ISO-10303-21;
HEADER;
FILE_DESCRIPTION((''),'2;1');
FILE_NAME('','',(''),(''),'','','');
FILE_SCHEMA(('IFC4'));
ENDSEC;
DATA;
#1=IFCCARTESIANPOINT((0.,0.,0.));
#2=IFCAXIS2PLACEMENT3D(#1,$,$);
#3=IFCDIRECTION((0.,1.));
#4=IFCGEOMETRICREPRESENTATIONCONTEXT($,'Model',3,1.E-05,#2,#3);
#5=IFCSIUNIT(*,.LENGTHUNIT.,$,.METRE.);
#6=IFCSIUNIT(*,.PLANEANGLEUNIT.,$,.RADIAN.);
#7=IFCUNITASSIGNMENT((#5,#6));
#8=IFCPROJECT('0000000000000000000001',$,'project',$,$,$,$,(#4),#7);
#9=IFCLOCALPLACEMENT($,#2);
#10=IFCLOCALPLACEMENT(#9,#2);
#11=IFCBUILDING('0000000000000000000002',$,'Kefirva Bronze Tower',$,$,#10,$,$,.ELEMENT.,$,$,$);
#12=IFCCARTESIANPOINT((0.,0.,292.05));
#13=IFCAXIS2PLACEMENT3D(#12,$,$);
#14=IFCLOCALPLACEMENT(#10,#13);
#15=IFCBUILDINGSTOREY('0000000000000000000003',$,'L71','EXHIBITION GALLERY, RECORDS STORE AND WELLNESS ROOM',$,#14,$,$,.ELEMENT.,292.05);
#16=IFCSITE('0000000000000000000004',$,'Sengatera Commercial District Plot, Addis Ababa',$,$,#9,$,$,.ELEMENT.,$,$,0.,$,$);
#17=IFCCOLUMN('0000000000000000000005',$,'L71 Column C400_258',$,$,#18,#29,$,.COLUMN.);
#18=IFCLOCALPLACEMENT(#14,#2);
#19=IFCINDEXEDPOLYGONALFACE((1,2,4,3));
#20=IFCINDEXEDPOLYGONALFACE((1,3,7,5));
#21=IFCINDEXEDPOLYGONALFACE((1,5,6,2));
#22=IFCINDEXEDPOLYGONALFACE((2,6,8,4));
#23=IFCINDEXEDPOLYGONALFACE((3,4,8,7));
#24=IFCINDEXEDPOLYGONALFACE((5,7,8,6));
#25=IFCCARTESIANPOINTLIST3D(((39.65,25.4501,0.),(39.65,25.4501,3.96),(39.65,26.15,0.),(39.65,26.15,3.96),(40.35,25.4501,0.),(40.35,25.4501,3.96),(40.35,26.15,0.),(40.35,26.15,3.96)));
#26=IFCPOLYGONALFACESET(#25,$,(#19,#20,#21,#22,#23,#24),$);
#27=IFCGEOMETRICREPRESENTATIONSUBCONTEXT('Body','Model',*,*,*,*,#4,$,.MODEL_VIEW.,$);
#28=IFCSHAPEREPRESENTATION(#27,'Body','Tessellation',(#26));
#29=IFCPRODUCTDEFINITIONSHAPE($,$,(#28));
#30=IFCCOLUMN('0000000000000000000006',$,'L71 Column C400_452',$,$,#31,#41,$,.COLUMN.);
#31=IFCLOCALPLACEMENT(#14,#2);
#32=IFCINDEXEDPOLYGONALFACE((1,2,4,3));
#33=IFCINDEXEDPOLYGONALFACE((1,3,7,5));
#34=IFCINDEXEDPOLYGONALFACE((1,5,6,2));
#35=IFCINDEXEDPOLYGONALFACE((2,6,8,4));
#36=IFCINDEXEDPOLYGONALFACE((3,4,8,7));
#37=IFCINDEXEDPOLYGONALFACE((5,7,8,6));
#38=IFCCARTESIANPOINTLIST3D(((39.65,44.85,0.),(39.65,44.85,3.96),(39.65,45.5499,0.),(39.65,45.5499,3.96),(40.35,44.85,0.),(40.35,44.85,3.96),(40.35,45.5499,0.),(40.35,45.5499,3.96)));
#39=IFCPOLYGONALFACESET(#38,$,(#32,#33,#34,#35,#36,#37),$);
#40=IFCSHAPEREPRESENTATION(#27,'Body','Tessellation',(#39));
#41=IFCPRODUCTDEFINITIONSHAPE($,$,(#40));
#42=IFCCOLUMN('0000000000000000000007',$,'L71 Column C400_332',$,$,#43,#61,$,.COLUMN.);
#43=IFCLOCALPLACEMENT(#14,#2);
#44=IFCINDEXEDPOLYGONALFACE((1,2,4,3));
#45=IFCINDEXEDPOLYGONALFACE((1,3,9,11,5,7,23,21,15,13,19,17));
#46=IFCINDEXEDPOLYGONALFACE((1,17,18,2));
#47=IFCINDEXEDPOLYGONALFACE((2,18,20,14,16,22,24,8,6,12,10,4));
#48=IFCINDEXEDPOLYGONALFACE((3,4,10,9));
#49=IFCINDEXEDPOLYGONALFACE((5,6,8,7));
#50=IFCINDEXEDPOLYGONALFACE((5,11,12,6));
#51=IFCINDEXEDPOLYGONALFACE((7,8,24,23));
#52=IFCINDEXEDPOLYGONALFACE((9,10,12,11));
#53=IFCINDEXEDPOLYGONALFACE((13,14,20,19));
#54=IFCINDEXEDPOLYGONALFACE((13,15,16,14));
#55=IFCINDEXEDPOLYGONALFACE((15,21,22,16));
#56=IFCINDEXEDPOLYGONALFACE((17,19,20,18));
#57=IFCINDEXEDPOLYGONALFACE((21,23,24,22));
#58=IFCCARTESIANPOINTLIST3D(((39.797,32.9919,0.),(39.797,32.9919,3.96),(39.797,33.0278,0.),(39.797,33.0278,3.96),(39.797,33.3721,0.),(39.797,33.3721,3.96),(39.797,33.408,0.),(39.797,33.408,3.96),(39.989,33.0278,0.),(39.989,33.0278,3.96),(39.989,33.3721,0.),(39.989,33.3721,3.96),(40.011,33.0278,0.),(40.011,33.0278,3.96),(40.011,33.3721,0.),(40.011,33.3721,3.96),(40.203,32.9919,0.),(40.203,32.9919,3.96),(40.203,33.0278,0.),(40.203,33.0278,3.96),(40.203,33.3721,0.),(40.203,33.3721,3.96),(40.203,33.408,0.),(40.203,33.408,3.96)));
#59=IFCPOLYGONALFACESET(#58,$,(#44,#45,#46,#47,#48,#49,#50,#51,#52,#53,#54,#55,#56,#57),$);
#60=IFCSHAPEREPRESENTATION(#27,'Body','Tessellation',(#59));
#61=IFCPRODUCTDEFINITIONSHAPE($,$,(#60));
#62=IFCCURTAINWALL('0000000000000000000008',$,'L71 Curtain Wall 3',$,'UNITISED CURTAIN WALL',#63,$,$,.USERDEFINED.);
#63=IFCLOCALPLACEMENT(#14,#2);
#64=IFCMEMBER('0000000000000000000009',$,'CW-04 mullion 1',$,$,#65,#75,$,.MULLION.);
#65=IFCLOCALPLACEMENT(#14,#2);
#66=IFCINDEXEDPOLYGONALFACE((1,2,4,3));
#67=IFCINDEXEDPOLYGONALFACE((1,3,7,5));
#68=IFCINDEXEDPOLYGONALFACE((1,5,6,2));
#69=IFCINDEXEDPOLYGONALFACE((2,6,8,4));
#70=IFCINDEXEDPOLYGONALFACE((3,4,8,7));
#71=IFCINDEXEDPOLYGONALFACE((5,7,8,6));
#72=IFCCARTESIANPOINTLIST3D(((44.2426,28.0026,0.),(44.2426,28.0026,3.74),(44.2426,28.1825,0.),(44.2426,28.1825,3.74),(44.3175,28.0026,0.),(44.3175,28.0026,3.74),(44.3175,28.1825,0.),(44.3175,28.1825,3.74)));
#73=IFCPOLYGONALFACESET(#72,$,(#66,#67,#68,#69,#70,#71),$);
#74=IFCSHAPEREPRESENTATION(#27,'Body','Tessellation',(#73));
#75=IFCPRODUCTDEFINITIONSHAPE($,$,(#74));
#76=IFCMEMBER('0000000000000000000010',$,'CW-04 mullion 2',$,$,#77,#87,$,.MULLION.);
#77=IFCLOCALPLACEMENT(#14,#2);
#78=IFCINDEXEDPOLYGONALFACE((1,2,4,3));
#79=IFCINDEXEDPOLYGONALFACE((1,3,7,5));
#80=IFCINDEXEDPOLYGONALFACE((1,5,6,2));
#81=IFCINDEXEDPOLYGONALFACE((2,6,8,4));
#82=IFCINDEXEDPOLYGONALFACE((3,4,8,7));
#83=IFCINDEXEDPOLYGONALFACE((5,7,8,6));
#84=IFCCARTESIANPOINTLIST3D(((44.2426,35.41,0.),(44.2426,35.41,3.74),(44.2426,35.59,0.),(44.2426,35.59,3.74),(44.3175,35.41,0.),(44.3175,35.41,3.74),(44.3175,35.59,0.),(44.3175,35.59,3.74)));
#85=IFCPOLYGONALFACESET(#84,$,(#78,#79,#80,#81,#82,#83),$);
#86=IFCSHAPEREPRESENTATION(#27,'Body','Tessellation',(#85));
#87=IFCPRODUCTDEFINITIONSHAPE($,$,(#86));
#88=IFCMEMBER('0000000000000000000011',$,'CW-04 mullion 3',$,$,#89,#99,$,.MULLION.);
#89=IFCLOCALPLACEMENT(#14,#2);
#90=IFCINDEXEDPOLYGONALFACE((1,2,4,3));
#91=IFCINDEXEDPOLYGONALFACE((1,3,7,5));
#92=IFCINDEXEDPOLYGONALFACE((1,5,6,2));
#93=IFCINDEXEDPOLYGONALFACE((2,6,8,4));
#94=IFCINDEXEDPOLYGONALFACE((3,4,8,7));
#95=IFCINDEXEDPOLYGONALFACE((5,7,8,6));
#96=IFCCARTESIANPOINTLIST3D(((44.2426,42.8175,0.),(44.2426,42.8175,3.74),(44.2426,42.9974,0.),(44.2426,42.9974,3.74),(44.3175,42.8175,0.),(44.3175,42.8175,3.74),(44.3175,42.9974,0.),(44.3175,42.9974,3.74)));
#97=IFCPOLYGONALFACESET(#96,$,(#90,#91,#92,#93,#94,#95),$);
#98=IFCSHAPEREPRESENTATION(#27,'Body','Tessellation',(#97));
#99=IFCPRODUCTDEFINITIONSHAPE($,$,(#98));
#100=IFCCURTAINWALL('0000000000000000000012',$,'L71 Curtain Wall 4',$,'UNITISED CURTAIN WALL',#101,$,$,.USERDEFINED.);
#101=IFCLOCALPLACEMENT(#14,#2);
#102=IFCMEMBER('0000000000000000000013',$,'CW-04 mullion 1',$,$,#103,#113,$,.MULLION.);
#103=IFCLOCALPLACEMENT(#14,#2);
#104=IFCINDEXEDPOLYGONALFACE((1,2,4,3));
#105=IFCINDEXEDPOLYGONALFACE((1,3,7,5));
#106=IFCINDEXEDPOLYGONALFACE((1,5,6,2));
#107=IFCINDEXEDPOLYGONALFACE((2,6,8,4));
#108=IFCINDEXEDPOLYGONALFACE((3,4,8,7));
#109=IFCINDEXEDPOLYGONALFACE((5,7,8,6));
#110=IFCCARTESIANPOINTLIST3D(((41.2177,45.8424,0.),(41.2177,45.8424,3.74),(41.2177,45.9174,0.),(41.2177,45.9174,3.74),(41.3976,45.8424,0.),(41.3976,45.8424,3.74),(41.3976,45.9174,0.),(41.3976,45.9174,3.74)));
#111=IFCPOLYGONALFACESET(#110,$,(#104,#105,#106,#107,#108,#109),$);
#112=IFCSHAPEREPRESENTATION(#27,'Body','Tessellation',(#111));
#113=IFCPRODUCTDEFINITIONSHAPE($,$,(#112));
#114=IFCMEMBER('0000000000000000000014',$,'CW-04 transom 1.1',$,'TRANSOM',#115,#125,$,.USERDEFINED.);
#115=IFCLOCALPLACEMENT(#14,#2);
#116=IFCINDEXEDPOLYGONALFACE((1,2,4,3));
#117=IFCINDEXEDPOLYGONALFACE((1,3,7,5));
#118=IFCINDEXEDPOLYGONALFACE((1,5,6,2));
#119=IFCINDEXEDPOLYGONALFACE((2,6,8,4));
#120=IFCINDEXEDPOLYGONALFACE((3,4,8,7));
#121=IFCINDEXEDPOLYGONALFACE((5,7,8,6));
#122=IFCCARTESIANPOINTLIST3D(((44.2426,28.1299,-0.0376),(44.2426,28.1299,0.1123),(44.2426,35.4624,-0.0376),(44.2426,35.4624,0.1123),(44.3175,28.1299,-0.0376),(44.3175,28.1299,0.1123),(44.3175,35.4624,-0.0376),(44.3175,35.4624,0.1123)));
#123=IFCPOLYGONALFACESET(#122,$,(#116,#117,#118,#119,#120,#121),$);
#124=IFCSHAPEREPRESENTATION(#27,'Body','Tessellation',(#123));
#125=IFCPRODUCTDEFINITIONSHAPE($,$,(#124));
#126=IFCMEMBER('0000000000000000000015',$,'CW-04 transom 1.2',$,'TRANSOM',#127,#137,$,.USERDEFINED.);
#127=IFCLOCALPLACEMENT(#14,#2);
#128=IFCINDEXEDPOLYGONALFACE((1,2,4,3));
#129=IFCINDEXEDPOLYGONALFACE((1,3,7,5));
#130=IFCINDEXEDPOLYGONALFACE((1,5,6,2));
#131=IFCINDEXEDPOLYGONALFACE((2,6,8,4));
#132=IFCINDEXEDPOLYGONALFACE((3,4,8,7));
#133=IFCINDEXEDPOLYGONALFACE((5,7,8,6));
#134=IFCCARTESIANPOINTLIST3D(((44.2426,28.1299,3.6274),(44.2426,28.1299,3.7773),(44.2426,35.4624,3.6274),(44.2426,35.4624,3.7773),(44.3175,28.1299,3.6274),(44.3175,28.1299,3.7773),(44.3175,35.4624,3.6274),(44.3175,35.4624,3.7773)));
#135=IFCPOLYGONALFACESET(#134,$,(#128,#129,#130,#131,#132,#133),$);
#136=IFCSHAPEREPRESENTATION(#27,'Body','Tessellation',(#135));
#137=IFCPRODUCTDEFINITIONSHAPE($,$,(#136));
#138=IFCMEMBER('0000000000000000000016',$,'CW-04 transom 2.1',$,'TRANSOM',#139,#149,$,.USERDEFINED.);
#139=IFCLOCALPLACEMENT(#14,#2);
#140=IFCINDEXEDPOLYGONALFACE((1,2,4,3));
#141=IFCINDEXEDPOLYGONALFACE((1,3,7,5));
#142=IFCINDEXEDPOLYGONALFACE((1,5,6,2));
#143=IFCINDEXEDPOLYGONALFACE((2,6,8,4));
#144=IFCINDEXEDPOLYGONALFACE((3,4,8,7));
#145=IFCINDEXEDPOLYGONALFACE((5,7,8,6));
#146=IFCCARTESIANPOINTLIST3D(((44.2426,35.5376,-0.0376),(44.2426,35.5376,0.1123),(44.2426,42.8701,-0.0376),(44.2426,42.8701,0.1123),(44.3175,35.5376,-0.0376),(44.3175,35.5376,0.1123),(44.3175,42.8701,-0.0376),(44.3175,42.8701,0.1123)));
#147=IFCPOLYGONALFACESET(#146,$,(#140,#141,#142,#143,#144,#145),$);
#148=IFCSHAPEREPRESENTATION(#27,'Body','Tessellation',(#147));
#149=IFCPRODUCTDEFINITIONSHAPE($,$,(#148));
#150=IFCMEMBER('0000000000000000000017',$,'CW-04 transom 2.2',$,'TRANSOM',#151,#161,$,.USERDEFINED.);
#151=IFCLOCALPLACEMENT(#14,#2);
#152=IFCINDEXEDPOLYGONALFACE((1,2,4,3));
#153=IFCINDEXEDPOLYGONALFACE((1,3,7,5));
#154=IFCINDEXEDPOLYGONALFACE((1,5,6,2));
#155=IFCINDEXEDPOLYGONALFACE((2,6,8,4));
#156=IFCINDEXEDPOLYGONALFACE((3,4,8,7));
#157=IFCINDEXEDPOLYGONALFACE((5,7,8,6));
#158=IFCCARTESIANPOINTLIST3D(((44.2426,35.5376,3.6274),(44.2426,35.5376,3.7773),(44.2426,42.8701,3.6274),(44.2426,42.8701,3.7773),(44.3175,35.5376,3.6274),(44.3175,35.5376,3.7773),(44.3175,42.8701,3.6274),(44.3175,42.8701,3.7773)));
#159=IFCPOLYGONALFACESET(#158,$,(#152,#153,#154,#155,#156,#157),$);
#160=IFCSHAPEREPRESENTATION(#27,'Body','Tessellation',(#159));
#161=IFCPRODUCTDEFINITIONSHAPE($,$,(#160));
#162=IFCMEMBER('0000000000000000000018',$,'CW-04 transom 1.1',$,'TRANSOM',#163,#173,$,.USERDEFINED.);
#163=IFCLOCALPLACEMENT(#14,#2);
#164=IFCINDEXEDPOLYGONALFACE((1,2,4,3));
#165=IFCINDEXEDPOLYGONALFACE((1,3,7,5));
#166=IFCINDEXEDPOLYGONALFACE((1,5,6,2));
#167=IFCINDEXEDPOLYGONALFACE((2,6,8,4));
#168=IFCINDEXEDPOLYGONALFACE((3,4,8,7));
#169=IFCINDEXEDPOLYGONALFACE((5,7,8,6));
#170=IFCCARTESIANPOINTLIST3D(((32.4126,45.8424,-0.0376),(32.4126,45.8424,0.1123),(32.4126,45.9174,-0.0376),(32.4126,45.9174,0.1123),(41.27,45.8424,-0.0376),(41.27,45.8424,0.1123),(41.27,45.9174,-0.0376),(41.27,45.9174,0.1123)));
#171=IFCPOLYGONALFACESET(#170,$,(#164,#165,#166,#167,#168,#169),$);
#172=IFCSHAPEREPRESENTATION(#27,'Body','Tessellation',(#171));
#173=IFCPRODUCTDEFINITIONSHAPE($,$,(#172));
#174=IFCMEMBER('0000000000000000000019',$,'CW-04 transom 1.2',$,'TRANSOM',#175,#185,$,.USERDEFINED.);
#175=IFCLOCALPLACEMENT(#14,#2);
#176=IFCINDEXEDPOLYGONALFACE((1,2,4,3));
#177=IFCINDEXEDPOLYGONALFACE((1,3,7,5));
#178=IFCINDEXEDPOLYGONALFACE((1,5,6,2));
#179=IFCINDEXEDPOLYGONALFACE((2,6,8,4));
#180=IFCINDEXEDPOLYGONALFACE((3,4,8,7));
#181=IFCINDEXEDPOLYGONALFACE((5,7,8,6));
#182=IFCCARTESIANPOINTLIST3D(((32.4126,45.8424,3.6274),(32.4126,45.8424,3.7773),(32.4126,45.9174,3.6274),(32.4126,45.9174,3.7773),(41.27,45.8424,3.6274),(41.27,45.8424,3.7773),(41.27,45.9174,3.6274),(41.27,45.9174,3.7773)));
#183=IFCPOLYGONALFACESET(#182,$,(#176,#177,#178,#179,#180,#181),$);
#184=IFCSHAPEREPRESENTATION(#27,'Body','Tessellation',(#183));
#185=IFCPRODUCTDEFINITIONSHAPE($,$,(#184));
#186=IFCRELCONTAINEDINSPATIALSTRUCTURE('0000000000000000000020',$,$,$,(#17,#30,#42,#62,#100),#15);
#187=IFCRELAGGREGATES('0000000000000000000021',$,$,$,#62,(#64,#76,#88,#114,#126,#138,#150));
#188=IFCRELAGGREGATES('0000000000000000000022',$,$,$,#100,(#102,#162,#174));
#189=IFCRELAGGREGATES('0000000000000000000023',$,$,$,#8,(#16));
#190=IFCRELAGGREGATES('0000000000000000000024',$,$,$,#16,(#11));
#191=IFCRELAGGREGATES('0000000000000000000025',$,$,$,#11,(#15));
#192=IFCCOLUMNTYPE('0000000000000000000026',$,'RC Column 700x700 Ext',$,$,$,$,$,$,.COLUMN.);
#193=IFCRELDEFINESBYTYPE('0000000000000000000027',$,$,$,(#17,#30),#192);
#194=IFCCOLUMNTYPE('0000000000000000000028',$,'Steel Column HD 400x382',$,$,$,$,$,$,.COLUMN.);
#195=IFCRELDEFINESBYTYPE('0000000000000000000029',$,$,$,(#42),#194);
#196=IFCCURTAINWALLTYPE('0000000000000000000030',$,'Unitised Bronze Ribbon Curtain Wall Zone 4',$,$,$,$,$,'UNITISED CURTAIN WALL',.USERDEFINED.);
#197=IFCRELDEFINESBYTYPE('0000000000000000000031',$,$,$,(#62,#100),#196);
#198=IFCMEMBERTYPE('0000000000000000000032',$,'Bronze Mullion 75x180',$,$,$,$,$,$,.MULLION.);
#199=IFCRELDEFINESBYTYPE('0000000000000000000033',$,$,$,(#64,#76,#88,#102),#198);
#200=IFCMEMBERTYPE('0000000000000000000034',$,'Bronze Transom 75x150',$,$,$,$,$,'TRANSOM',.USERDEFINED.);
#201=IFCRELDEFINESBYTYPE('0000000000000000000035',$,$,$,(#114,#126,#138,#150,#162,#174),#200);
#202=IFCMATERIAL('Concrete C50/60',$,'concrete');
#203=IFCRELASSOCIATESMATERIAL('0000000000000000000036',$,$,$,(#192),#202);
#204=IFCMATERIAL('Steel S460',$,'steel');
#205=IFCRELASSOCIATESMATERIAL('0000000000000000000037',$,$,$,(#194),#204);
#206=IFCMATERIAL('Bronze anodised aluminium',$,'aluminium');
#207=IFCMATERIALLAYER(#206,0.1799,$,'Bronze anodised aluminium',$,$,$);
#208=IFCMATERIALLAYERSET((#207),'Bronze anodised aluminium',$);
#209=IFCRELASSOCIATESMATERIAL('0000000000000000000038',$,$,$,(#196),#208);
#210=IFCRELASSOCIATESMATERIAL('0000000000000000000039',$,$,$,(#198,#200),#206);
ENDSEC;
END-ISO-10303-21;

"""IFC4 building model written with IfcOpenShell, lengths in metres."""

from ifc_helpers import new_model, si_unit, direction, frame, origin, origin_2d, place, context, subcontext, project, spatial, rectangle, i_section, extrude, material, layer, layer_set, material_profile, profile_set, type_object, element, aggregate, save


model = new_model("IFC4")

# Units and contexts
model_context = context("Model", 3, precision=1e-05, world=origin(), true_north=direction((0.0, 1.0)))
body_context = subcontext(model_context, "Body", "Model", "MODEL_VIEW")
ifc_project = project(units=[si_unit("LENGTHUNIT", "METRE"), si_unit("PLANEANGLEUNIT", "RADIAN")], contexts=[model_context])

# Site, building, storey
site_placement = place(None, origin())
site = spatial("IfcSite", under=ifc_project, at=site_placement, Name="Sengatera Commercial District Plot, Addis Ababa", CompositionType="ELEMENT", RefElevation=0.0)
building_placement = place(site_placement, origin())
building = spatial("IfcBuilding", under=site, at=building_placement, Name="Kefirva Bronze Tower", CompositionType="ELEMENT")
storey_placement = place(building_placement, frame((0.0, 0.0, 292.05)))
storey = spatial("IfcBuildingStorey", under=building, at=storey_placement, Name="L71", Description="EXHIBITION GALLERY, RECORDS STORE AND WELLNESS ROOM", CompositionType="ELEMENT", Elevation=292.05)

# Columns
ifc_material_1 = material(Name="Concrete C50/60", Category="concrete")
ifc_material_profile_1 = material_profile(ifc_material_1, rectangle(XDim=0.7, YDim=0.7, at=origin_2d()), Name="RC 700x700")
ifc_profile_set_1 = profile_set([ifc_material_profile_1], Name="Concrete C50/60")
column_type_1 = type_object("IfcColumnType", Name="RC Column 700x700 Ext", PredefinedType="COLUMN", material=ifc_profile_set_1)
for number, where, z_axis, x_axis, name in (
    (1, (40.0, 25.8, 0.0), (0.0, 0.0, 1.0), (1.0, 0.0, 0.0), "L71 Column C400_258"),
    (2, (40.0, 45.2, 0.0), (0.0, 0.0, 1.0), (1.0, 0.0, 0.0), "L71 Column C400_452"),
):
    element("IfcColumn", number, at=place(storey_placement, frame(where, z_axis=z_axis, x_axis=x_axis)), inside=storey, type_object=column_type_1, Name=name, PredefinedType="COLUMN", context=body_context, shape_type="SweptSolid", body=[
        extrude(rectangle(XDim=0.7, YDim=0.7, at=origin_2d()), origin(), (0.0, 0.0, 1.0), 3.96),
    ])
ifc_material_2 = material(Name="Steel S460", Category="steel")
ifc_material_profile_2 = material_profile(ifc_material_2, i_section(OverallWidth=0.406, OverallDepth=0.416, WebThickness=0.022, FlangeThickness=0.0359, at=origin_2d()), Name="HD 400x382")
ifc_profile_set_2 = profile_set([ifc_material_profile_2], Name="Steel S460")
column_type_2 = type_object("IfcColumnType", Name="Steel Column HD 400x382", PredefinedType="COLUMN", material=ifc_profile_set_2)
column_placement = place(storey_placement, frame((40.0, 33.2, 0.0), z_axis=(0.0, 0.0, 1.0), x_axis=(1.0, 0.0, 0.0)))
element("IfcColumn", 3, at=column_placement, inside=storey, type_object=column_type_2, Name="L71 Column C400_332", PredefinedType="COLUMN", context=body_context, shape_type="SweptSolid", body=[
    extrude(i_section(OverallWidth=0.406, OverallDepth=0.416, WebThickness=0.022, FlangeThickness=0.0359, at=origin_2d()), origin(), (0.0, 0.0, 1.0), 3.96),
])

# Curtain wall, members
ifc_material_3 = material(Name="Bronze anodised aluminium", Category="aluminium")
ifc_layer_1 = layer(ifc_material_3, 0.1799, Name="Bronze anodised aluminium")
ifc_layer_set_1 = layer_set([ifc_layer_1], Name="Bronze anodised aluminium")
curtain_wall_type = type_object("IfcCurtainWallType", Name="Unitised Bronze Ribbon Curtain Wall Zone 4", ElementType="UNITISED CURTAIN WALL", PredefinedType="USERDEFINED", material=ifc_layer_set_1)
curtain_wall_1_placement = place(storey_placement, origin())
curtain_wall_1 = element("IfcCurtainWall", 4, at=curtain_wall_1_placement, inside=storey, type_object=curtain_wall_type, Name="L71 Curtain Wall 3", ObjectType="UNITISED CURTAIN WALL", PredefinedType="USERDEFINED")
ifc_material_profile_3 = material_profile(ifc_material_3, rectangle(XDim=0.075, YDim=0.1799, at=origin_2d()), Name="ALU 75x180")
ifc_profile_set_3 = profile_set([ifc_material_profile_3], Name="Bronze anodised aluminium")
member_type_1 = type_object("IfcMemberType", Name="Bronze Mullion 75x180", PredefinedType="MULLION", material=ifc_profile_set_3)
member_1_placement = place(storey_placement, frame((44.28, 28.0925, 0.0), z_axis=(0.0, 0.0, 1.0), x_axis=(-1.0, 0.0, 0.0)))
member_1 = element("IfcMember", 5, at=member_1_placement, type_object=member_type_1, Name="CW-04 mullion 1", PredefinedType="MULLION", context=body_context, shape_type="SweptSolid", body=[
    extrude(rectangle(XDim=0.075, YDim=0.1799, at=origin_2d()), origin(), (0.0, 0.0, 1.0), 3.74),
])
member_2_placement = place(storey_placement, frame((44.28, 35.5, 0.0), z_axis=(0.0, 0.0, 1.0), x_axis=(-1.0, 0.0, 0.0)))
member_2 = element("IfcMember", 6, at=member_2_placement, type_object=member_type_1, Name="CW-04 mullion 2", PredefinedType="MULLION", context=body_context, shape_type="SweptSolid", body=[
    extrude(rectangle(XDim=0.075, YDim=0.1799, at=origin_2d()), origin(), (0.0, 0.0, 1.0), 3.74),
])
member_3_placement = place(storey_placement, frame((44.28, 42.9075, 0.0), z_axis=(0.0, 0.0, 1.0), x_axis=(-1.0, 0.0, 0.0)))
member_3 = element("IfcMember", 7, at=member_3_placement, type_object=member_type_1, Name="CW-04 mullion 3", PredefinedType="MULLION", context=body_context, shape_type="SweptSolid", body=[
    extrude(rectangle(XDim=0.075, YDim=0.1799, at=origin_2d()), origin(), (0.0, 0.0, 1.0), 3.74),
])

# Curtain wall, member
curtain_wall_2_placement = place(storey_placement, origin())
curtain_wall_2 = element("IfcCurtainWall", 8, at=curtain_wall_2_placement, inside=storey, type_object=curtain_wall_type, Name="L71 Curtain Wall 4", ObjectType="UNITISED CURTAIN WALL", PredefinedType="USERDEFINED")
member_4_placement = place(storey_placement, frame((41.3076, 45.8799, 0.0), z_axis=(0.0, 0.0, 1.0), x_axis=(0.0, -1.0, 0.0)))
member_4 = element("IfcMember", 9, at=member_4_placement, type_object=member_type_1, Name="CW-04 mullion 1", PredefinedType="MULLION", context=body_context, shape_type="SweptSolid", body=[
    extrude(rectangle(XDim=0.075, YDim=0.1799, at=origin_2d()), origin(), (0.0, 0.0, 1.0), 3.74),
])

# Members
ifc_material_profile_4 = material_profile(ifc_material_3, rectangle(XDim=0.075, YDim=0.1499, at=origin_2d()), Name="ALU 75x150")
ifc_profile_set_4 = profile_set([ifc_material_profile_4], Name="Bronze anodised aluminium")
member_type_2 = type_object("IfcMemberType", Name="Bronze Transom 75x150", ElementType="TRANSOM", PredefinedType="USERDEFINED", material=ifc_profile_set_4)
member_5_placement = place(storey_placement, frame((44.28, 28.1299, 0.0374), z_axis=(0.0, 1.0, 0.0), x_axis=(-1.0, 0.0, 0.0)))
member_5 = element("IfcMember", 10, at=member_5_placement, type_object=member_type_2, Name="CW-04 transom 1.1", ObjectType="TRANSOM", PredefinedType="USERDEFINED", context=body_context, shape_type="SweptSolid", body=[
    extrude(rectangle(XDim=0.075, YDim=0.1499, at=origin_2d()), origin(), (0.0, 0.0, 1.0), 7.3325),
])
member_6_placement = place(storey_placement, frame((44.28, 28.1299, 3.7024), z_axis=(0.0, 1.0, 0.0), x_axis=(-1.0, 0.0, 0.0)))
member_6 = element("IfcMember", 11, at=member_6_placement, type_object=member_type_2, Name="CW-04 transom 1.2", ObjectType="TRANSOM", PredefinedType="USERDEFINED", context=body_context, shape_type="SweptSolid", body=[
    extrude(rectangle(XDim=0.075, YDim=0.1499, at=origin_2d()), origin(), (0.0, 0.0, 1.0), 7.3325),
])
member_7_placement = place(storey_placement, frame((44.28, 35.5376, 0.0374), z_axis=(0.0, 1.0, 0.0), x_axis=(-1.0, 0.0, 0.0)))
member_7 = element("IfcMember", 12, at=member_7_placement, type_object=member_type_2, Name="CW-04 transom 2.1", ObjectType="TRANSOM", PredefinedType="USERDEFINED", context=body_context, shape_type="SweptSolid", body=[
    extrude(rectangle(XDim=0.075, YDim=0.1499, at=origin_2d()), origin(), (0.0, 0.0, 1.0), 7.3325),
])
member_8_placement = place(storey_placement, frame((44.28, 35.5376, 3.7024), z_axis=(0.0, 1.0, 0.0), x_axis=(-1.0, 0.0, 0.0)))
member_8 = element("IfcMember", 13, at=member_8_placement, type_object=member_type_2, Name="CW-04 transom 2.2", ObjectType="TRANSOM", PredefinedType="USERDEFINED", context=body_context, shape_type="SweptSolid", body=[
    extrude(rectangle(XDim=0.075, YDim=0.1499, at=origin_2d()), origin(), (0.0, 0.0, 1.0), 7.3325),
])
member_9_placement = place(storey_placement, frame((41.27, 45.8799, 0.0374), z_axis=(-1.0, 0.0, 0.0), x_axis=(0.0, -1.0, 0.0)))
member_9 = element("IfcMember", 14, at=member_9_placement, type_object=member_type_2, Name="CW-04 transom 1.1", ObjectType="TRANSOM", PredefinedType="USERDEFINED", context=body_context, shape_type="SweptSolid", body=[
    extrude(rectangle(XDim=0.075, YDim=0.1499, at=origin_2d()), origin(), (0.0, 0.0, 1.0), 8.8574),
])
member_10_placement = place(storey_placement, frame((41.27, 45.8799, 3.7024), z_axis=(-1.0, 0.0, 0.0), x_axis=(0.0, -1.0, 0.0)))
member_10 = element("IfcMember", 15, at=member_10_placement, type_object=member_type_2, Name="CW-04 transom 1.2", ObjectType="TRANSOM", PredefinedType="USERDEFINED", context=body_context, shape_type="SweptSolid", body=[
    extrude(rectangle(XDim=0.075, YDim=0.1499, at=origin_2d()), origin(), (0.0, 0.0, 1.0), 8.8574),
])

aggregate(curtain_wall_1, [member_1, member_2, member_3, member_5, member_6, member_7, member_8])
aggregate(curtain_wall_2, [member_4, member_9, member_10])

save(model, "model.ifc")
